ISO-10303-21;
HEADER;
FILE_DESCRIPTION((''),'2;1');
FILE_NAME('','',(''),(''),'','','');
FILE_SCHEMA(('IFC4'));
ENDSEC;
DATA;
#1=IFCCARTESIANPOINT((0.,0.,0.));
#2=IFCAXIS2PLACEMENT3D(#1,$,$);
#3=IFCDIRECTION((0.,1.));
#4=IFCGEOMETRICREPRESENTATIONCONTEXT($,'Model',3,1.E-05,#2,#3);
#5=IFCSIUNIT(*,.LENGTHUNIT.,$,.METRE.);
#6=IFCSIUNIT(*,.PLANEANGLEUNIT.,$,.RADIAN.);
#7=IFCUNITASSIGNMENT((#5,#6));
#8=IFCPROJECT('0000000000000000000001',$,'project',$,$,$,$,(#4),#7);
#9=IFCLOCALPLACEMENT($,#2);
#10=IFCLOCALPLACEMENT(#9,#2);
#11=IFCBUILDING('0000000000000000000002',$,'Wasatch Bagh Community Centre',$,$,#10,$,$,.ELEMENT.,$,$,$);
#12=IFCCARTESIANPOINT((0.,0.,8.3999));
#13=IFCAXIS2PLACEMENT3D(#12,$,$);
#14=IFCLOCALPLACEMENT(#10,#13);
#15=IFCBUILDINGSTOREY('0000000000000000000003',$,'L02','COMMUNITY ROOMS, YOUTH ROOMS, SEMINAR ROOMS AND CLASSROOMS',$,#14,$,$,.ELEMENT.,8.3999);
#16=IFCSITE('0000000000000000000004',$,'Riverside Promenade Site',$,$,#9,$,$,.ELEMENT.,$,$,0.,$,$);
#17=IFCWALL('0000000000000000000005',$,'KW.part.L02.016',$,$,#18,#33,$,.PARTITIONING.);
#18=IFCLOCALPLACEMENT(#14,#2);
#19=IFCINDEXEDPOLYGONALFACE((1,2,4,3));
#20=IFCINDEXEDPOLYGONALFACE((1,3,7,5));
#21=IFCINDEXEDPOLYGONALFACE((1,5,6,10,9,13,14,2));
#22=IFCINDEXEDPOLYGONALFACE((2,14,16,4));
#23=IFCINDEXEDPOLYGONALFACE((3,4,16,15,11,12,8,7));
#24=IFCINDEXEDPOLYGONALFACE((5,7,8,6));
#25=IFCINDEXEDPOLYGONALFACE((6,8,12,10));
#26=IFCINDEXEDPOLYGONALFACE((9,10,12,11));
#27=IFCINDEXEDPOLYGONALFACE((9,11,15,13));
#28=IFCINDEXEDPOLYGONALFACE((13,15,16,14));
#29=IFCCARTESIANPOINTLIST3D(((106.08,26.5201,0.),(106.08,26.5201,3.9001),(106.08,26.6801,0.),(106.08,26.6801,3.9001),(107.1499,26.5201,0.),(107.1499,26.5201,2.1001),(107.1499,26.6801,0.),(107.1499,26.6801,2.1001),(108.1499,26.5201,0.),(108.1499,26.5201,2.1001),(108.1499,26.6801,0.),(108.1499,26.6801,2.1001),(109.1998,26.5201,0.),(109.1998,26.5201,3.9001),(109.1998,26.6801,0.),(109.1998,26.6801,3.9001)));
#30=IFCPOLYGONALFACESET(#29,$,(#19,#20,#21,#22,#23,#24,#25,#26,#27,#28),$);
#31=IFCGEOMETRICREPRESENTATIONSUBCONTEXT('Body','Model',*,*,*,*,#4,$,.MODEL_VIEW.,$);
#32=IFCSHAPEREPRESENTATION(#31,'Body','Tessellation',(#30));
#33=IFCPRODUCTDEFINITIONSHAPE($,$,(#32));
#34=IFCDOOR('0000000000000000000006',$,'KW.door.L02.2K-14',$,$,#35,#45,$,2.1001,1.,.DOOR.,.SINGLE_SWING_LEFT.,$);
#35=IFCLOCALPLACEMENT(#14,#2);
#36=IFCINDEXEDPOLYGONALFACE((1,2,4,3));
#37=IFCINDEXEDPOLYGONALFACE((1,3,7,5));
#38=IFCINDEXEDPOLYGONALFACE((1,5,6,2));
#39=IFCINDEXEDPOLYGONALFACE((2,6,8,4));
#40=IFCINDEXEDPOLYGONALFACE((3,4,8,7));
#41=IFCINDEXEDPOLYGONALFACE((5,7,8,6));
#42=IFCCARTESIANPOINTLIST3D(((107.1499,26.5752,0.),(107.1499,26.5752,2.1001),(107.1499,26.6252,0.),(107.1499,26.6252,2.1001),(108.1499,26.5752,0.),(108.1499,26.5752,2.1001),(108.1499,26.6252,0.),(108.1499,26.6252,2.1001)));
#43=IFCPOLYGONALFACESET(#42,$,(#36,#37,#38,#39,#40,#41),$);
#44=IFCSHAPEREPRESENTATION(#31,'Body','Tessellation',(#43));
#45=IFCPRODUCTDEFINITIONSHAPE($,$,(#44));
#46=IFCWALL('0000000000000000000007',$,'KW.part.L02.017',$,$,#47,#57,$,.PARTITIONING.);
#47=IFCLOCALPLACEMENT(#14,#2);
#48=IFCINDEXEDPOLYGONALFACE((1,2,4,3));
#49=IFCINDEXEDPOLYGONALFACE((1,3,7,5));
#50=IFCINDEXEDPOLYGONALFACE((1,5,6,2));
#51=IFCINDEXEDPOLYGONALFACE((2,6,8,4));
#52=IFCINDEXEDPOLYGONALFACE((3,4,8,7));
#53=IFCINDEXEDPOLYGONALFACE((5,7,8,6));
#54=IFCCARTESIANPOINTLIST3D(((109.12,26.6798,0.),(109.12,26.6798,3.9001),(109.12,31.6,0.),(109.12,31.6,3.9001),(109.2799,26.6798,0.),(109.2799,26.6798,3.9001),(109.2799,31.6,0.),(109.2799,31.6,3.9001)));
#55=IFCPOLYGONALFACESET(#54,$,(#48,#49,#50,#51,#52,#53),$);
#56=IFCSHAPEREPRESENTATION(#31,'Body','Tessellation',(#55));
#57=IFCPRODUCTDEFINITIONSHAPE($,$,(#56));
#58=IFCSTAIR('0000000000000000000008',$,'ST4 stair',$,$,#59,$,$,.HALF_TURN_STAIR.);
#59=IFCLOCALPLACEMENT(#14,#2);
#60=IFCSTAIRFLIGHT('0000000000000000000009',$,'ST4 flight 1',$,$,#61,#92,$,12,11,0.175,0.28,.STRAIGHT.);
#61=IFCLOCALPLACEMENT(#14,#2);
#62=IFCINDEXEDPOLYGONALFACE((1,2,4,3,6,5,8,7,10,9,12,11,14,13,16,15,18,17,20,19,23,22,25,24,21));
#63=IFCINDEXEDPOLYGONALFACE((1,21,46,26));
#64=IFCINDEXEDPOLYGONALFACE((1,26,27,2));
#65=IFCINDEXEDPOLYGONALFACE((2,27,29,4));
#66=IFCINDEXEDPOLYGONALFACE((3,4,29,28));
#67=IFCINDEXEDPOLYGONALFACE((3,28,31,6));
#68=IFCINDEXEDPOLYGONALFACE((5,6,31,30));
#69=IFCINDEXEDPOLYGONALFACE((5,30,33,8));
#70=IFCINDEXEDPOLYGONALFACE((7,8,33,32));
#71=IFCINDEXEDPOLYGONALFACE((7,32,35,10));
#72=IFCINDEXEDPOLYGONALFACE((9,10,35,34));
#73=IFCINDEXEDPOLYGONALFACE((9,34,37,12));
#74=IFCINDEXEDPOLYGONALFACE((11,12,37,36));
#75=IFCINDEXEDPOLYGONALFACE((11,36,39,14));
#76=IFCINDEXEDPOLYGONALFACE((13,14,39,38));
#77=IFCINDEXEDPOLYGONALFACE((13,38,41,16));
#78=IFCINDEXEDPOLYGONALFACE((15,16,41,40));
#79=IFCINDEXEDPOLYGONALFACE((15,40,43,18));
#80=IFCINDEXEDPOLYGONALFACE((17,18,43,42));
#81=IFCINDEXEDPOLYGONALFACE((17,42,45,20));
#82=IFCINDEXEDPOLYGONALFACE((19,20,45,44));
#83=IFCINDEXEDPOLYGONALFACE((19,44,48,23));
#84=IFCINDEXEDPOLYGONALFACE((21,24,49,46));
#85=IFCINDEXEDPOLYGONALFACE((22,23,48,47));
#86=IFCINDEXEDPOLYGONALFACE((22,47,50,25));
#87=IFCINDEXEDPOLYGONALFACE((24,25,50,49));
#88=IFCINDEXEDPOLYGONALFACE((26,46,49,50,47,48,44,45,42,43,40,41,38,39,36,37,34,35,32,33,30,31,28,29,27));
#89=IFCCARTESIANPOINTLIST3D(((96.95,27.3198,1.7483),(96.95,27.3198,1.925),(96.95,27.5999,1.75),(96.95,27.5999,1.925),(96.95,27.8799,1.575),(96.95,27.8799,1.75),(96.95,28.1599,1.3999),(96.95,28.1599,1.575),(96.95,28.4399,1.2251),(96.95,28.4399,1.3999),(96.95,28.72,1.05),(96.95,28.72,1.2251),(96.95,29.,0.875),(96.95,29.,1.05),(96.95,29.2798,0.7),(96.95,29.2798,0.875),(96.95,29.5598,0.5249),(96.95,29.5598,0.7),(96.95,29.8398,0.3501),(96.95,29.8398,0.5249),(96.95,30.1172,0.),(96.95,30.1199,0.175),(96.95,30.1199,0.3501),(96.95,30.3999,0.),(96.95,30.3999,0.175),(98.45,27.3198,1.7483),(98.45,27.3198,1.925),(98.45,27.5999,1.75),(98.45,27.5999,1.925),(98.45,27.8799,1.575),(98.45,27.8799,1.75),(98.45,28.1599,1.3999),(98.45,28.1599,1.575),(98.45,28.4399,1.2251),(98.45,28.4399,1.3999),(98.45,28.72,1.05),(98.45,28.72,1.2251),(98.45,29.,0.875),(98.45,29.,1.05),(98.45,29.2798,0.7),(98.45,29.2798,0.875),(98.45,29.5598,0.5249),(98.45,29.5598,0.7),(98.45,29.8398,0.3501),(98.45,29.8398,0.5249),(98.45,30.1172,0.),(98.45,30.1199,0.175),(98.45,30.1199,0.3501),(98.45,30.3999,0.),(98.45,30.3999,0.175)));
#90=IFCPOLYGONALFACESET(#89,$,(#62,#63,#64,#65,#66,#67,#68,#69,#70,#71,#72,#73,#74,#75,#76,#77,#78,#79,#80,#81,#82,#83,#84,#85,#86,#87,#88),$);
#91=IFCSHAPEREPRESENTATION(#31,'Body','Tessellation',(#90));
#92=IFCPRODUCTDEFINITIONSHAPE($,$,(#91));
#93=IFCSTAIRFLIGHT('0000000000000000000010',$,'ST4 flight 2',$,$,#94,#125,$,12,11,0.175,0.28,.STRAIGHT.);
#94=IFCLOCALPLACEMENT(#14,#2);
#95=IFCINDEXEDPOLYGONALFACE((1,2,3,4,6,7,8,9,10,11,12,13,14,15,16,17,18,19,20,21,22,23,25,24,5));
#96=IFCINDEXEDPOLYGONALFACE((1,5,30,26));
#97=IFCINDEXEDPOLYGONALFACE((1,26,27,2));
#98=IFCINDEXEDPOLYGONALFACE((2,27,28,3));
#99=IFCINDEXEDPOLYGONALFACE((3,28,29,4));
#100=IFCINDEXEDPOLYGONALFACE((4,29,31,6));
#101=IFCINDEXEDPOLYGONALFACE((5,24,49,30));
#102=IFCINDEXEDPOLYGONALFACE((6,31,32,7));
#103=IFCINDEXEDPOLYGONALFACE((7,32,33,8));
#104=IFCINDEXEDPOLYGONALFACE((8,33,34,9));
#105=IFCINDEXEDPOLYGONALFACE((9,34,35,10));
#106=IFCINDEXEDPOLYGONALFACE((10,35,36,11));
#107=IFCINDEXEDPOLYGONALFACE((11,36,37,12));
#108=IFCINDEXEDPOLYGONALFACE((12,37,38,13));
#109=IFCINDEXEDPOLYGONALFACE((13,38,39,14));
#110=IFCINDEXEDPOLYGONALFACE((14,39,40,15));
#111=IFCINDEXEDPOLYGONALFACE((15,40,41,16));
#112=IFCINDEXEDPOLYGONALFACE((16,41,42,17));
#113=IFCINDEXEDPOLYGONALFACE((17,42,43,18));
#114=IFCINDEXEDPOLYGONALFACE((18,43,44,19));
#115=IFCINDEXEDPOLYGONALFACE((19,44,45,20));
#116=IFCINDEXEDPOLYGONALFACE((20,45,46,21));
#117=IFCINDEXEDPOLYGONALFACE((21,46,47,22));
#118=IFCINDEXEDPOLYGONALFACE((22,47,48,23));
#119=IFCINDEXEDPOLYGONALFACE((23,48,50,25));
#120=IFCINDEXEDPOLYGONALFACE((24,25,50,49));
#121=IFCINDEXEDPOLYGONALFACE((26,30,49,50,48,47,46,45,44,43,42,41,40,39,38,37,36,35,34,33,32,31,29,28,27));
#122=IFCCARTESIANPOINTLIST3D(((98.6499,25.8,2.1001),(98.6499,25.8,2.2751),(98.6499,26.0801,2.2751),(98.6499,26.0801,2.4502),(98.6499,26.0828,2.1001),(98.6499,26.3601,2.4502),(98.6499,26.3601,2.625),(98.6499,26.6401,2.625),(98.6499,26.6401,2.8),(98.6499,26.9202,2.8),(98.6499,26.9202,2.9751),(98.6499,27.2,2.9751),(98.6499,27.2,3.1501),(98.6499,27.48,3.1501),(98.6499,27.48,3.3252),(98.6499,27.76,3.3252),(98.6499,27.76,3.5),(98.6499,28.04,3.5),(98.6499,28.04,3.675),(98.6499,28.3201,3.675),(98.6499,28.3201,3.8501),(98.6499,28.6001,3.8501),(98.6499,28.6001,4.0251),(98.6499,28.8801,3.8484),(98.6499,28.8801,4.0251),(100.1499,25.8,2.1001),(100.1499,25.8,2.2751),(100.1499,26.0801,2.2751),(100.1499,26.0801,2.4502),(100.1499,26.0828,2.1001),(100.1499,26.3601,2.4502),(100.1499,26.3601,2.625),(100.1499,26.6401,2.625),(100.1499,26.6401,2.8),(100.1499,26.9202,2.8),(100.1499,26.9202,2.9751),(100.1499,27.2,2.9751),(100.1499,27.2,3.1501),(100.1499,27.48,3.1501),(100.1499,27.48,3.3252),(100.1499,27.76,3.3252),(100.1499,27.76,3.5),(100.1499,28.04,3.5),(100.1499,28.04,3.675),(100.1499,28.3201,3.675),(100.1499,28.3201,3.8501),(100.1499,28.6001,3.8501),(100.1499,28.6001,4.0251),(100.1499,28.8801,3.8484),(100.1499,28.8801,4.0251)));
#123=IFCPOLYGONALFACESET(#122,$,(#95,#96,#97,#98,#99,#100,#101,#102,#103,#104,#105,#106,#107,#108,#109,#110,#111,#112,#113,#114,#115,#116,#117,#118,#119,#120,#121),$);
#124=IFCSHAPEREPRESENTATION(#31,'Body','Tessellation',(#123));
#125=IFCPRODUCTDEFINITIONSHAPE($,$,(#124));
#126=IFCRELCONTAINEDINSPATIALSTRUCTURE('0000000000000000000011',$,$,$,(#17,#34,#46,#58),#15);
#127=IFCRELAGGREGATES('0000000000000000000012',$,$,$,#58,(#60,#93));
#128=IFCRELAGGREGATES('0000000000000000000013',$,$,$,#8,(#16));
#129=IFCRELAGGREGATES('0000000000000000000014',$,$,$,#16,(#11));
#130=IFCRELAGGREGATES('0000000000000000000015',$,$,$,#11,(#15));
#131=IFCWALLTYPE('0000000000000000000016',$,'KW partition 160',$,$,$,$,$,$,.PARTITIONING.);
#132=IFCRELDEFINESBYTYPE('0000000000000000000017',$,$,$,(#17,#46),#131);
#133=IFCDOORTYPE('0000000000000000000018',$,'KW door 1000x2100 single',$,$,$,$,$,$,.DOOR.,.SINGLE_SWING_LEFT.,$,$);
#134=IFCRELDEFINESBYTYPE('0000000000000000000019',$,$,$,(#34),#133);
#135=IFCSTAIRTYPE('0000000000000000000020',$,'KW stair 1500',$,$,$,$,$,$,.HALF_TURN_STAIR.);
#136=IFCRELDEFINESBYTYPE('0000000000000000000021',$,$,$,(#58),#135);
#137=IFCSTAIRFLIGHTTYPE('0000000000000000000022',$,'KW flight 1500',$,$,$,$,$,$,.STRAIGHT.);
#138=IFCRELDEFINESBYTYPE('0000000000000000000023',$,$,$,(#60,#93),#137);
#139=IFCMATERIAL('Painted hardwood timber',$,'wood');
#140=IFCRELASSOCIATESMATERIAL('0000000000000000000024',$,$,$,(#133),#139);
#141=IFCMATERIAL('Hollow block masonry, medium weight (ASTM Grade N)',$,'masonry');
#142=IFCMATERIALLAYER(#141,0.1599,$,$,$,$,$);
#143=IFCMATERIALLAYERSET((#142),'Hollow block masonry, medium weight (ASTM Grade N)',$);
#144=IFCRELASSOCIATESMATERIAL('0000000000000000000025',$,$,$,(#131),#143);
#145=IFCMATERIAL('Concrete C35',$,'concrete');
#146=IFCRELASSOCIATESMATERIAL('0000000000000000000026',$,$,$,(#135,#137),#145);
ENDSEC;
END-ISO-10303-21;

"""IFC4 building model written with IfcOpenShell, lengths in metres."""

from ifc_helpers import new_model, si_unit, direction, frame, frame_2d, origin, place, context, subcontext, project, spatial, polyline, rectangle, outline, extrude, material, layer, layer_set, type_object, element, fill, aggregate, save


model = new_model("IFC4")

# Units and contexts
model_context = context("Model", 3, precision=1e-05, world=origin(), true_north=direction((0.0, 1.0)))
body_context = subcontext(model_context, "Body", "Model", "MODEL_VIEW")
ifc_project = project(units=[si_unit("LENGTHUNIT", "METRE"), si_unit("PLANEANGLEUNIT", "RADIAN")], contexts=[model_context])

# Site, building, storey
site_placement = place(None, origin())
site = spatial("IfcSite", under=ifc_project, at=site_placement, Name="Riverside Promenade Site", CompositionType="ELEMENT", RefElevation=0.0)
building_placement = place(site_placement, origin())
building = spatial("IfcBuilding", under=site, at=building_placement, Name="Wasatch Bagh Community Centre", CompositionType="ELEMENT")
storey_placement = place(building_placement, frame((0.0, 0.0, 8.3999)))
storey = spatial("IfcBuildingStorey", under=building, at=storey_placement, Name="L02", Description="COMMUNITY ROOMS, YOUTH ROOMS, SEMINAR ROOMS AND CLASSROOMS", CompositionType="ELEMENT", Elevation=8.3999)

# Shared definitions
ifc_material_1 = material(Name="Painted hardwood timber", Category="wood")
door_type_1 = type_object("IfcDoorType", Name="KW door 1000x2100 single", OperationType="SINGLE_SWING_LEFT", PredefinedType="DOOR", material=ifc_material_1)

# Shared definitions
ifc_material_2 = material(Name="Hollow block masonry, medium weight (ASTM Grade N)", Category="masonry")
ifc_layer_1 = layer(ifc_material_2, 0.1599)
ifc_layer_set_1 = layer_set([ifc_layer_1], Name="Hollow block masonry, medium weight (ASTM Grade N)")
wall_type_1 = type_object("IfcWallType", Name="KW partition 160", PredefinedType="PARTITIONING", material=ifc_layer_set_1)

# Wall, opening, door
wall_1_placement = place(storey_placement, frame((109.2, 26.6001, 0.0), z_axis=(0.0, 0.0, 1.0), x_axis=(-1.0, 0.0, 0.0)))
wall_1 = element("IfcWall", 1, at=wall_1_placement, inside=storey, type_object=wall_type_1, Name="KW.part.L02.016", PredefinedType="PARTITIONING", context=body_context, shape_type="SweptSolid", body=[
    extrude(rectangle(XDim=3.1199, YDim=0.1599, at=frame_2d((1.5601, 0.0))), origin(), (0.0, 0.0, 1.0), 3.9001),
])
opening_1_placement = place(wall_1_placement, frame((1.05, 0.0, 0.0)))
opening_1 = element("IfcOpeningElement", 2, at=opening_1_placement, cuts=wall_1, PredefinedType="OPENING", context=body_context, shape_type="SweptSolid", body=[
    extrude(rectangle(XDim=1.0, YDim=2.1001, at=frame_2d((0.5, 1.05))), frame((0.0, 0.0898, 0.0), z_axis=(0.0, -1.0, 0.0), x_axis=(1.0, 0.0, 0.0)), (0.0, 0.0, 1.0), 0.1799),
])
door_1_placement = place(opening_1_placement, origin())
door_1 = element("IfcDoor", 3, at=door_1_placement, inside=storey, type_object=door_type_1, Name="KW.door.L02.2K-14", OperationType="SINGLE_SWING_LEFT", OverallHeight=2.1001, OverallWidth=1.0, PredefinedType="DOOR", context=body_context, shape_type="SweptSolid", body=[
    extrude(rectangle(XDim=1.0, YDim=2.1001, at=frame_2d((0.5, 1.05))), frame((0.0, 0.0249, 0.0), z_axis=(0.0, -1.0, 0.0), x_axis=(1.0, 0.0, 0.0)), (0.0, 0.0, 1.0), 0.05),
])
fill(opening_1, door_1)

# Wall
wall_2_placement = place(storey_placement, frame((109.2, 26.6799, 0.0), z_axis=(0.0, 0.0, 1.0), x_axis=(0.0, 1.0, 0.0)))
element("IfcWall", 4, at=wall_2_placement, inside=storey, type_object=wall_type_1, Name="KW.part.L02.017", PredefinedType="PARTITIONING", context=body_context, shape_type="SweptSolid", body=[
    extrude(rectangle(XDim=4.9202, YDim=0.1599, at=frame_2d((2.46, 0.0))), origin(), (0.0, 0.0, 1.0), 3.9001),
])

# Stair, stair flights
ifc_material_3 = material(Name="Concrete C35", Category="concrete")
stair_type = type_object("IfcStairType", Name="KW stair 1500", PredefinedType="HALF_TURN_STAIR", material=ifc_material_3)
stair_placement = place(storey_placement, origin())
stair = element("IfcStair", 5, at=stair_placement, inside=storey, type_object=stair_type, Name="ST4 stair", PredefinedType="HALF_TURN_STAIR")
stair_flight_type = type_object("IfcStairFlightType", Name="KW flight 1500", PredefinedType="STRAIGHT", material=ifc_material_3)
stair_flight_1_placement = place(storey_placement, frame((97.7, 30.3999, 0.0), z_axis=(0.0, 0.0, 1.0), x_axis=(0.0, -1.0, 0.0)))
stair_flight_1 = element("IfcStairFlight", 6, at=stair_flight_1_placement, type_object=stair_flight_type, Name="ST4 flight 1", NumberOfRisers=12, NumberOfTreads=11, PredefinedType="STRAIGHT", RiserHeight=0.175, TreadLength=0.28, context=body_context, shape_type="SweptSolid", body=[
    extrude(outline(polyline([(0.0, 0.0), (0.0, 0.175), (0.28, 0.175), (0.28, 0.3501), (0.5601, 0.3501), (0.5601, 0.5249), (0.8401, 0.5249), (0.8401, 0.7), (1.1201, 0.7), (1.1201, 0.875), (1.3999, 0.875), (1.3999, 1.05), (1.6799, 1.05), (1.6799, 1.2251), (1.96, 1.2251), (1.96, 1.3999), (2.24, 1.3999), (2.24, 1.575), (2.52, 1.575), (2.52, 1.75), (2.8, 1.75), (2.8, 1.925), (3.0801, 1.925), (3.0801, 2.1001), (3.0801, 1.7483), (0.2827, 0.0), (0.0, 0.0)])), frame((0.0, 0.75, 0.0), z_axis=(0.0, -1.0, 0.0), x_axis=(1.0, 0.0, 0.0)), (0.0, 0.0, 1.0), 1.5),
])
stair_flight_2_placement = place(storey_placement, frame((99.3999, 25.8, 2.1001), z_axis=(0.0, 0.0, 1.0), x_axis=(0.0, 1.0, 0.0)))
stair_flight_2 = element("IfcStairFlight", 7, at=stair_flight_2_placement, type_object=stair_flight_type, Name="ST4 flight 2", NumberOfRisers=12, NumberOfTreads=11, PredefinedType="STRAIGHT", RiserHeight=0.175, TreadLength=0.28, context=body_context, shape_type="SweptSolid", body=[
    extrude(outline(polyline([(0.0, 0.0), (0.0, 0.175), (0.28, 0.175), (0.28, 0.3501), (0.5601, 0.3501), (0.5601, 0.5249), (0.8401, 0.5249), (0.8401, 0.7), (1.1201, 0.7), (1.1201, 0.875), (1.3999, 0.875), (1.3999, 1.05), (1.6799, 1.05), (1.6799, 1.2251), (1.96, 1.2251), (1.96, 1.3999), (2.24, 1.3999), (2.24, 1.575), (2.52, 1.575), (2.52, 1.75), (2.8, 1.75), (2.8, 1.925), (3.0801, 1.925), (3.0801, 2.1001), (3.0801, 1.7483), (0.2827, 0.0), (0.0, 0.0)])), frame((0.0, 0.75, 0.0), z_axis=(0.0, -1.0, 0.0), x_axis=(1.0, 0.0, 0.0)), (0.0, 0.0, 1.0), 1.5),
])
aggregate(stair, [stair_flight_1, stair_flight_2])

save(model, "model.ifc")
